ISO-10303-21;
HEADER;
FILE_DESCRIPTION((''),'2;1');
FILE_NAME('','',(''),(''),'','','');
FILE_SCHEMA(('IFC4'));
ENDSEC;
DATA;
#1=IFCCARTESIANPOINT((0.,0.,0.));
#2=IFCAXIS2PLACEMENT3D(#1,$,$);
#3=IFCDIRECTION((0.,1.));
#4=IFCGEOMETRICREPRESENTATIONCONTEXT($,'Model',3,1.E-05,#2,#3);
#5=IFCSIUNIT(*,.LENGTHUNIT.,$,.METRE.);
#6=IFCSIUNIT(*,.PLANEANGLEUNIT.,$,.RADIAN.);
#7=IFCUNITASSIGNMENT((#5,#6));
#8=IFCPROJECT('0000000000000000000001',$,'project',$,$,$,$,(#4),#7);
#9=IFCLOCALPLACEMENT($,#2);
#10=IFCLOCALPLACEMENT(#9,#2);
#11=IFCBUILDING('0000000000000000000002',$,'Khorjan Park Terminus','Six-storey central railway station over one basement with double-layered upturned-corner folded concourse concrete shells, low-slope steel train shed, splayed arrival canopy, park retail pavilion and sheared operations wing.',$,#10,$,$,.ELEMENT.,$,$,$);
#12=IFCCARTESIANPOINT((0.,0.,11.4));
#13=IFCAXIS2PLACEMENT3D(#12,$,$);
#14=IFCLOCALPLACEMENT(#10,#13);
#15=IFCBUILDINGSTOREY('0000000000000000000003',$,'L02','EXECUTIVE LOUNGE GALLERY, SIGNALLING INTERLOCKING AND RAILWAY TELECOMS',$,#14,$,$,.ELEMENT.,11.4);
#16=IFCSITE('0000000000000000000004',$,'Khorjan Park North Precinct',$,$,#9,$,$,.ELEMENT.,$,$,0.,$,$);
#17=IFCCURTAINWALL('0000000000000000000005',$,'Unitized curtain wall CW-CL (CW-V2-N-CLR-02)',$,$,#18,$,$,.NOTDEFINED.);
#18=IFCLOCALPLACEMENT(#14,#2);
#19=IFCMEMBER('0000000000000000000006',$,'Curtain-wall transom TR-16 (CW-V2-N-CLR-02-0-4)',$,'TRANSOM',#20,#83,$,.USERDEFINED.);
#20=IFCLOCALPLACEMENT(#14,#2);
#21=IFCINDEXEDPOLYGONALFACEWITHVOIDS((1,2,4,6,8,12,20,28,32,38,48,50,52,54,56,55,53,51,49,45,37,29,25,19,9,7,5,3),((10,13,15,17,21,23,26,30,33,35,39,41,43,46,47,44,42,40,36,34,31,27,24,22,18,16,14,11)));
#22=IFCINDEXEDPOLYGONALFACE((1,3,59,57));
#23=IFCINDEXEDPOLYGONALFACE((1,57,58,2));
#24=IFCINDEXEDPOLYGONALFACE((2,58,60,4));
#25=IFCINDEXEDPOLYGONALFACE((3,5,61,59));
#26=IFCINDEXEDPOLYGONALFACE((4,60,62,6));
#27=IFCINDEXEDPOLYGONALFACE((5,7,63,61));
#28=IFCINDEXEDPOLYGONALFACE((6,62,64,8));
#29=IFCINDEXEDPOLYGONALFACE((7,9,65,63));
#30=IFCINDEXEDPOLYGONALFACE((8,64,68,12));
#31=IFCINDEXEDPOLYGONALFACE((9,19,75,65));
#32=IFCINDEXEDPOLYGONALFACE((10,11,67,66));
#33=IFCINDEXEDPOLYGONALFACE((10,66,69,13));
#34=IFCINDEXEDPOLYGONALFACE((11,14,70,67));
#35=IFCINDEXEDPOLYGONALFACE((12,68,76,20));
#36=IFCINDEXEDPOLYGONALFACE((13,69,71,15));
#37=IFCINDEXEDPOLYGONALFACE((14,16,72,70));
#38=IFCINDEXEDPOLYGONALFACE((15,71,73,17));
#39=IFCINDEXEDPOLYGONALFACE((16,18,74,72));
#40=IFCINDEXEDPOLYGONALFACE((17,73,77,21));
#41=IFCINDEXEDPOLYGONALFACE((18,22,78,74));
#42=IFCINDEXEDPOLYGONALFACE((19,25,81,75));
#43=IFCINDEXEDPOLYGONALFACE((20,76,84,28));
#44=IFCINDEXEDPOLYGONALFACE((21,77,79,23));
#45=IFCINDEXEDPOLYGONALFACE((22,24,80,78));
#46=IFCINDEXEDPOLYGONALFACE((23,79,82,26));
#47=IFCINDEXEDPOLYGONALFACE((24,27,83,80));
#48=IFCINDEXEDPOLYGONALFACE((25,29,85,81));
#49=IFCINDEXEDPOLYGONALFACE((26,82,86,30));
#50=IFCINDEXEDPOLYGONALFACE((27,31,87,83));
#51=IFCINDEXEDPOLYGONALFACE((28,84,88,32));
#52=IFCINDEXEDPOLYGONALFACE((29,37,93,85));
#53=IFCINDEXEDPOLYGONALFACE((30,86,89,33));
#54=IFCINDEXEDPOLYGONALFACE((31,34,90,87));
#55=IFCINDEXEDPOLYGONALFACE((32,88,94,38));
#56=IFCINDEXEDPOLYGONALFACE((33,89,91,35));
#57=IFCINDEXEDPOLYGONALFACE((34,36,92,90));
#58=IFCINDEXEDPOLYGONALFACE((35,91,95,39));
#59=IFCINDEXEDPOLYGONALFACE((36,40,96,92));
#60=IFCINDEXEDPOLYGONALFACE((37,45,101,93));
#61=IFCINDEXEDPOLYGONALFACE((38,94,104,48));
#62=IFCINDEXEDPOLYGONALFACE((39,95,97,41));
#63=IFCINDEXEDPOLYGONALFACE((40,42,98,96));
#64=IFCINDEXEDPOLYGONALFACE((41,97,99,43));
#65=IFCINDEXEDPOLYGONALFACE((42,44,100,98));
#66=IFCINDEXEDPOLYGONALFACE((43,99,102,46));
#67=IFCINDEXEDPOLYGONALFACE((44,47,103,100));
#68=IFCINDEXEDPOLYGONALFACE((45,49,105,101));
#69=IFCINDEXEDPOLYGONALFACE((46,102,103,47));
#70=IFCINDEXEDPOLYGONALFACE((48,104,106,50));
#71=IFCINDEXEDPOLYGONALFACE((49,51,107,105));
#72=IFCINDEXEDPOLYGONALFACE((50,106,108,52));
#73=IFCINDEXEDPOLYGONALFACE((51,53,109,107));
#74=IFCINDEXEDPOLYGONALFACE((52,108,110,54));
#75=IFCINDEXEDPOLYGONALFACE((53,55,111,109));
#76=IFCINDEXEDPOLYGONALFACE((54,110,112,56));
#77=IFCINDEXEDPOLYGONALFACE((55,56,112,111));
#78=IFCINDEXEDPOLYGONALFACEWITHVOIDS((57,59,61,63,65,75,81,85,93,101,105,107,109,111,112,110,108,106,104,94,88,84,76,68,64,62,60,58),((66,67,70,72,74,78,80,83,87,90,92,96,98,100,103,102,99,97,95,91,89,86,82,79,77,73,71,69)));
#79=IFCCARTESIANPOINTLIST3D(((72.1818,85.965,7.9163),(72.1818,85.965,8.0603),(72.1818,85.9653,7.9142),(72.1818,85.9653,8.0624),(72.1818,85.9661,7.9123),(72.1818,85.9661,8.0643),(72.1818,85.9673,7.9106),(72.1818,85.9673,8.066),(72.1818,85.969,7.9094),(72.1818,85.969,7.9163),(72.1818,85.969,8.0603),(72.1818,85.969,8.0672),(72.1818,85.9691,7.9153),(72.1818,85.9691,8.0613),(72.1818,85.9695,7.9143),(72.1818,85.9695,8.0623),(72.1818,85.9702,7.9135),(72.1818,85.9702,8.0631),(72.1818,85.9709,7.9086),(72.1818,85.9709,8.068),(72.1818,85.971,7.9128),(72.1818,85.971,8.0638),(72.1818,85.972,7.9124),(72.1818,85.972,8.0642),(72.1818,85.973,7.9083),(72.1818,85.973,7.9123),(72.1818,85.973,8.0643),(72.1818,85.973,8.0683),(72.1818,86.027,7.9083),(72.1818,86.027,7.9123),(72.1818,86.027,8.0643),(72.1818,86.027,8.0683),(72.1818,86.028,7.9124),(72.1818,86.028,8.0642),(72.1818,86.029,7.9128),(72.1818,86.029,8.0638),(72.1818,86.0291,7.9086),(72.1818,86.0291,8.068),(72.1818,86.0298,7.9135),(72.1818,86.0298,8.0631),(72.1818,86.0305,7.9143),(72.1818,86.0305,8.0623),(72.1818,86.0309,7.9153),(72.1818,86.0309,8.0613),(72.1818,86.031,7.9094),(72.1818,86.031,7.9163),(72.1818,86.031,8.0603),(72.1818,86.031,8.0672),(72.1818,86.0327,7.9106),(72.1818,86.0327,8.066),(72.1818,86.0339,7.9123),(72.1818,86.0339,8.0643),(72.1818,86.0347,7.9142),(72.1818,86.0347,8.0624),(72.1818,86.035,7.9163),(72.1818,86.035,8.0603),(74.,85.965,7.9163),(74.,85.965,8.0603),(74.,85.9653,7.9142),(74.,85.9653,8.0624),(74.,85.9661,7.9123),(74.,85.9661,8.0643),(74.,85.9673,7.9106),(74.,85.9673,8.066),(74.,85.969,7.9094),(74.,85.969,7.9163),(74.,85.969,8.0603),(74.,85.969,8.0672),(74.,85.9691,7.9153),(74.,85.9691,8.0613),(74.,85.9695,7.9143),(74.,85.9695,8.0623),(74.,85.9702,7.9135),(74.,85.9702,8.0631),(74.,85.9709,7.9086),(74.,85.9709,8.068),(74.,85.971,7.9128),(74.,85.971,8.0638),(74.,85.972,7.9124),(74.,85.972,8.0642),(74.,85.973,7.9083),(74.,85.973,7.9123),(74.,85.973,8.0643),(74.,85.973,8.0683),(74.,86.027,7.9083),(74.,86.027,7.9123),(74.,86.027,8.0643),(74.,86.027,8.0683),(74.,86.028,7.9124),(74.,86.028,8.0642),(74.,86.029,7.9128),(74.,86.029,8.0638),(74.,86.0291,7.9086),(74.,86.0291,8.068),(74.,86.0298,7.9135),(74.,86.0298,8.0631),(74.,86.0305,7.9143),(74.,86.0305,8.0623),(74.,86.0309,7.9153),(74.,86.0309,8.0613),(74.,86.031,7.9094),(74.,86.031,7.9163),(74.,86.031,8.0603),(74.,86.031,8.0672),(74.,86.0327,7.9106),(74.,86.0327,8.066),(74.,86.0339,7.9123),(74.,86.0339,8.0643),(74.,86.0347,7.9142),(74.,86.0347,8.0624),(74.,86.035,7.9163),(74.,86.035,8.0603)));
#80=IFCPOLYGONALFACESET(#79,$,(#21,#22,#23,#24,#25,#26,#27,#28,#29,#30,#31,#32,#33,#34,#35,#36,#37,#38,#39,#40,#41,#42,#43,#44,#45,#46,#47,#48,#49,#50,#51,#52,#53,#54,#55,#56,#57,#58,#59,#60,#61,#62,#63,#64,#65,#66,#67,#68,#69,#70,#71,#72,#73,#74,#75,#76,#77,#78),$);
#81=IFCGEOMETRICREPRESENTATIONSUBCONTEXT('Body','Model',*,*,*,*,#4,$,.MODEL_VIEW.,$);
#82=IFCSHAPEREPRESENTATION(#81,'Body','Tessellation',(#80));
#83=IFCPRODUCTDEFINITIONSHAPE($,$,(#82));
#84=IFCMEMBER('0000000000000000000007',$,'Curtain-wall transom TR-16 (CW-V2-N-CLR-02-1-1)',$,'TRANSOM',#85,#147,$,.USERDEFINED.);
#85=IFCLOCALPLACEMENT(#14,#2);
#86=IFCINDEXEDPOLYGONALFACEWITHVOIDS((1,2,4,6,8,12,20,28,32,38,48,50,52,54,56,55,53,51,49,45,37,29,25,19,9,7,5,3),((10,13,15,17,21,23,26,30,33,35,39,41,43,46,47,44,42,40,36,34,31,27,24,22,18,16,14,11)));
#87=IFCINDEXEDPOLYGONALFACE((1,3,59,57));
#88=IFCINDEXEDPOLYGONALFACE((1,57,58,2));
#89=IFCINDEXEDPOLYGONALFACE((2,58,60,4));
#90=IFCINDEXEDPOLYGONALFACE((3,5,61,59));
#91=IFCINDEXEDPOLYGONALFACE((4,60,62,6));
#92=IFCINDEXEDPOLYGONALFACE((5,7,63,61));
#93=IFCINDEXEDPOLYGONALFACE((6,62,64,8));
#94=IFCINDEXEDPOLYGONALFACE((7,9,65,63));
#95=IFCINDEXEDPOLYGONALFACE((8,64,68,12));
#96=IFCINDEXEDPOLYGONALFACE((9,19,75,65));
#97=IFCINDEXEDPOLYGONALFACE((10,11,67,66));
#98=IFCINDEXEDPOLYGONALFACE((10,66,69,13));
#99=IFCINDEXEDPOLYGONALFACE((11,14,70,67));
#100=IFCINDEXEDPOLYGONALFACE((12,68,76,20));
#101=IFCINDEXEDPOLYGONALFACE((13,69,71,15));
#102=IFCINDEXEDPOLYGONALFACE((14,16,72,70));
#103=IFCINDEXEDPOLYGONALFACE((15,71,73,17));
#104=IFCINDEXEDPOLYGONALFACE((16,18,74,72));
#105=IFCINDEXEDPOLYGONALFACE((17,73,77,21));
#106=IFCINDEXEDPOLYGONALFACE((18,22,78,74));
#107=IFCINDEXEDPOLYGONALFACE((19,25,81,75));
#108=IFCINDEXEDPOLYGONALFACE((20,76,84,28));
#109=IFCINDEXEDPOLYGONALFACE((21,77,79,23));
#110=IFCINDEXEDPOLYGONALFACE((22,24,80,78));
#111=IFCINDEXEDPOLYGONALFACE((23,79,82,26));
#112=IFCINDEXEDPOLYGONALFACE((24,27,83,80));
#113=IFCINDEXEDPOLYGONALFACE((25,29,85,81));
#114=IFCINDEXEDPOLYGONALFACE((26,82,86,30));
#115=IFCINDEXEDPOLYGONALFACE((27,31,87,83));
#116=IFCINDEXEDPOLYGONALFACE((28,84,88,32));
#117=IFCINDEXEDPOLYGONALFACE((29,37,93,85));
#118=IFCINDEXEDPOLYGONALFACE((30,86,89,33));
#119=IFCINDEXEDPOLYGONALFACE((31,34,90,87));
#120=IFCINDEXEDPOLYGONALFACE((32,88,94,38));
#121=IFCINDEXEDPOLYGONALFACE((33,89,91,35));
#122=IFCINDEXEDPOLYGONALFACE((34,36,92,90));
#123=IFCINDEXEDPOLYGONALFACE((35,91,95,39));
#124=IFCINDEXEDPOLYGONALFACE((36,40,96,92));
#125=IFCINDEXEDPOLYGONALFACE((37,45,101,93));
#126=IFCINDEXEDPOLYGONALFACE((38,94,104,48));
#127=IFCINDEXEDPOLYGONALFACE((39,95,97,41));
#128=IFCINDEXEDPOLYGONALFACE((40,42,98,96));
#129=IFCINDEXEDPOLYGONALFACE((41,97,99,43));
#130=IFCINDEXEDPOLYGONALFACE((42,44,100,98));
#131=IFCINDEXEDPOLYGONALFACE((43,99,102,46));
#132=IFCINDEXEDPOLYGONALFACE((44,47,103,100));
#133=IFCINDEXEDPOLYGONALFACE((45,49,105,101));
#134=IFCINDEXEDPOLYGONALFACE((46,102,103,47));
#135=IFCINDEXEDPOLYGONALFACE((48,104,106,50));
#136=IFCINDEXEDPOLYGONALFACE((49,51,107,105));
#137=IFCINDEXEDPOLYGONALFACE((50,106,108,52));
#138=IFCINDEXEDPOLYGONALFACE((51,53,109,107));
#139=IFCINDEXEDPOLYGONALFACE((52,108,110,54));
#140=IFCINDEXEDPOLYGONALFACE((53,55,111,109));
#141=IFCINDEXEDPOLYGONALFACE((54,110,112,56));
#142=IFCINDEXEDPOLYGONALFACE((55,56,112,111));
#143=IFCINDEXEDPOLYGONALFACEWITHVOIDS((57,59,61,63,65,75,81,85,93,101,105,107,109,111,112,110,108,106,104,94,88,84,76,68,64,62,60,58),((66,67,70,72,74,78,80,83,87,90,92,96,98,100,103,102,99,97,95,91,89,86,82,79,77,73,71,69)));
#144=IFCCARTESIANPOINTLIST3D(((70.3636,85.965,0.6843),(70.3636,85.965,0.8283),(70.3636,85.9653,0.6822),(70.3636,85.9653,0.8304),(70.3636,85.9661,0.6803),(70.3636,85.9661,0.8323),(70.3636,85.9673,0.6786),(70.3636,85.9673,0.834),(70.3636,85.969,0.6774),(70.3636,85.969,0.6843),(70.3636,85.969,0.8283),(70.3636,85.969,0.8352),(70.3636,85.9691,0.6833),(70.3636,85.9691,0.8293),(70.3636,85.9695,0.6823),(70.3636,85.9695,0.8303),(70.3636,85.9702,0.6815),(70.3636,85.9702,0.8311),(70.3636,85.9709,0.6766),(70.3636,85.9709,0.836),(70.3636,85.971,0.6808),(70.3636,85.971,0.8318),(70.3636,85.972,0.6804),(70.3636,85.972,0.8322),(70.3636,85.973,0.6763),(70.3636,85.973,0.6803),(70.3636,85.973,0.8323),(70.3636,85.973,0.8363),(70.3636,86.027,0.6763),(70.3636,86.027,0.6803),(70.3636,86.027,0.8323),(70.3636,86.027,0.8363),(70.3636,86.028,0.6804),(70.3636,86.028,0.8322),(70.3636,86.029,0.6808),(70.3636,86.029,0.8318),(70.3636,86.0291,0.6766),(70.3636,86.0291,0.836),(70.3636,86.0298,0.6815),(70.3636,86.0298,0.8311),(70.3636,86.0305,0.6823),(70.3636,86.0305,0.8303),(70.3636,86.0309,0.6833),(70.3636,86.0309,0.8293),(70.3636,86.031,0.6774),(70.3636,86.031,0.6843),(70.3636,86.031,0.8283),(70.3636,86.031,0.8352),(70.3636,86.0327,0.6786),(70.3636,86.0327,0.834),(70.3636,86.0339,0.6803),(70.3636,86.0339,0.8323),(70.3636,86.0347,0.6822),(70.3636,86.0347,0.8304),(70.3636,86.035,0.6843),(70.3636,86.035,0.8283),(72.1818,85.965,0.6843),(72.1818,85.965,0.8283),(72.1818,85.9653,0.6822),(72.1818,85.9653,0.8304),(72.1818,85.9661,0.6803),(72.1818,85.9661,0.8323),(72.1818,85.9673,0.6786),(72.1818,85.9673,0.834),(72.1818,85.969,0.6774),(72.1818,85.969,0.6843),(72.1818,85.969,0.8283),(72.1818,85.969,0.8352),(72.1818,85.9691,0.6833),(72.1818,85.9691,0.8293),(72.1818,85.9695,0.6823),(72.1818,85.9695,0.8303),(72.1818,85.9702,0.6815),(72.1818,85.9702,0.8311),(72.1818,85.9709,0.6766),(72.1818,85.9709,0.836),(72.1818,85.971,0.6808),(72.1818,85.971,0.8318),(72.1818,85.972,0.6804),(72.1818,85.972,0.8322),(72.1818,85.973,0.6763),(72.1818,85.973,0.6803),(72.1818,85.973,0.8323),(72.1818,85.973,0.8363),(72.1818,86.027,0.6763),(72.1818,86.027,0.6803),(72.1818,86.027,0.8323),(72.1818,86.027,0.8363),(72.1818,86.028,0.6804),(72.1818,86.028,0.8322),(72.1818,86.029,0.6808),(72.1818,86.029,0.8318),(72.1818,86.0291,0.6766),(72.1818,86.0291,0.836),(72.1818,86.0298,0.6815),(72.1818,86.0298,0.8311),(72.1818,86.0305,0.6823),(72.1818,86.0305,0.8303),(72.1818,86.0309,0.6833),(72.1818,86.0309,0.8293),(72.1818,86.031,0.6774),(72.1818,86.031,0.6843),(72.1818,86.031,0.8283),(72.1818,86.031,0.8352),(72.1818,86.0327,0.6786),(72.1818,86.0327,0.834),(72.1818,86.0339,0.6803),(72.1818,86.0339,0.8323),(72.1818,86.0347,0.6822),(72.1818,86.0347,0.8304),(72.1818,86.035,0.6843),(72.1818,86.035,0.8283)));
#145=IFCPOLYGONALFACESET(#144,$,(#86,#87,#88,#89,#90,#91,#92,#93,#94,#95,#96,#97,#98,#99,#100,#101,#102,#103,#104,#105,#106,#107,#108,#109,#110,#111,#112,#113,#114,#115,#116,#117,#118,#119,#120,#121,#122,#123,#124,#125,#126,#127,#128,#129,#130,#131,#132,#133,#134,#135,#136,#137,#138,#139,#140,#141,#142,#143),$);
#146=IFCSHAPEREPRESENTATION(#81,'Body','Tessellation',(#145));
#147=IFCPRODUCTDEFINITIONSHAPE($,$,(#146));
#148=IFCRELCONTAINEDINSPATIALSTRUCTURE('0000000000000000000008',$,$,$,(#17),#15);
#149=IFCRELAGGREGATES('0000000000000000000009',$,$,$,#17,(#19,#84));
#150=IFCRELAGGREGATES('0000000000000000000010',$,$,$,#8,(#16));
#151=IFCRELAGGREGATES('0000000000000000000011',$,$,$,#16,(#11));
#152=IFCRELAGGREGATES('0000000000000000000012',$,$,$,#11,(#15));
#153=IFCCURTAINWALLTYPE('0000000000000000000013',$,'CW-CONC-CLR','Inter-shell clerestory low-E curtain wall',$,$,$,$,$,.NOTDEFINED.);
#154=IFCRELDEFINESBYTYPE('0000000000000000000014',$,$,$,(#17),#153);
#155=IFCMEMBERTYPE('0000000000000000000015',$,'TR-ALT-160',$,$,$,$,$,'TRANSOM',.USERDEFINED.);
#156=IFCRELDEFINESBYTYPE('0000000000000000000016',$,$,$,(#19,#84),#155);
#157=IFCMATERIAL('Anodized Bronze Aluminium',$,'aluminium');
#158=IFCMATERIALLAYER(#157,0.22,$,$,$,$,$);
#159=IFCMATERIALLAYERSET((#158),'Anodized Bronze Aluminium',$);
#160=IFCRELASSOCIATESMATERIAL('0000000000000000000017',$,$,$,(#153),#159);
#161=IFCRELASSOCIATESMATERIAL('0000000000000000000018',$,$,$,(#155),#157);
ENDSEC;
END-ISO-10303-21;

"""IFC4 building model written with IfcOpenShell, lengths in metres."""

from ifc_helpers import new_model, si_unit, direction, frame, origin, origin_2d, place, context, subcontext, project, spatial, hollow_rectangle, extrude, material, layer, layer_set, material_profile, profile_set, type_object, element, aggregate, save


model = new_model("IFC4")

# Units and contexts
model_context = context("Model", 3, precision=1e-05, world=origin(), true_north=direction((0.0, 1.0)))
body_context = subcontext(model_context, "Body", "Model", "MODEL_VIEW")
ifc_project = project(units=[si_unit("LENGTHUNIT", "METRE"), si_unit("PLANEANGLEUNIT", "RADIAN")], contexts=[model_context])

# Site, building, storey
site_placement = place(None, origin())
site = spatial("IfcSite", under=ifc_project, at=site_placement, Name="Khorjan Park North Precinct", CompositionType="ELEMENT", RefElevation=0.0)
building_placement = place(site_placement, origin())
building = spatial("IfcBuilding", under=site, at=building_placement, Name="Khorjan Park Terminus", Description="Six-storey central railway station over one basement with double-layered upturned-corner folded concourse concrete shells, low-slope steel train shed, splayed arrival canopy, park retail pavilion and sheared operations wing.", CompositionType="ELEMENT")
storey_placement = place(building_placement, frame((0.0, 0.0, 11.4)))
storey = spatial("IfcBuildingStorey", under=building, at=storey_placement, Name="L02", Description="EXECUTIVE LOUNGE GALLERY, SIGNALLING INTERLOCKING AND RAILWAY TELECOMS", CompositionType="ELEMENT", Elevation=11.4)

# Curtain wall
ifc_material_1 = material(Name="Anodized Bronze Aluminium", Category="aluminium")
ifc_layer_1 = layer(ifc_material_1, 0.22)
ifc_layer_set_1 = layer_set([ifc_layer_1], Name="Anodized Bronze Aluminium")
curtain_wall_type = type_object("IfcCurtainWallType", Name="CW-CONC-CLR", Description="Inter-shell clerestory low-E curtain wall", PredefinedType="NOTDEFINED", material=ifc_layer_set_1)
curtain_wall_1_placement = place(storey_placement, origin())
curtain_wall_1 = element("IfcCurtainWall", 1, at=curtain_wall_1_placement, inside=storey, type_object=curtain_wall_type, Name="Unitized curtain wall CW-CL (CW-V2-N-CLR-02)", PredefinedType="NOTDEFINED")

# Members
ifc_material_profile_1 = material_profile(ifc_material_1, hollow_rectangle(XDim=0.07, YDim=0.16, WallThickness=0.004, InnerFilletRadius=0.004, OuterFilletRadius=0.008, at=origin_2d()), Name="ALT 70x160x4")
ifc_profile_set_1 = profile_set([ifc_material_profile_1], Name="Anodized Bronze Aluminium")
member_type_1 = type_object("IfcMemberType", Name="TR-ALT-160", ElementType="TRANSOM", PredefinedType="USERDEFINED", material=ifc_profile_set_1)
member_1_placement = place(storey_placement, frame((74.0, 86.0, 7.9883), z_axis=(-1.0, 0.0, 0.0), x_axis=(0.0, -1.0, 0.0)))
member_1 = element("IfcMember", 2, at=member_1_placement, type_object=member_type_1, Name="Curtain-wall transom TR-16 (CW-V2-N-CLR-02-0-4)", ObjectType="TRANSOM", PredefinedType="USERDEFINED", context=body_context, shape_type="SweptSolid", body=[
    extrude(hollow_rectangle(XDim=0.07, YDim=0.16, WallThickness=0.004, InnerFilletRadius=0.004, OuterFilletRadius=0.008, at=origin_2d()), origin(), (0.0, 0.0, 1.0), 1.8182),
])
member_2_placement = place(storey_placement, frame((72.1818, 86.0, 0.7563), z_axis=(-1.0, 0.0, 0.0), x_axis=(0.0, -1.0, 0.0)))
member_2 = element("IfcMember", 3, at=member_2_placement, type_object=member_type_1, Name="Curtain-wall transom TR-16 (CW-V2-N-CLR-02-1-1)", ObjectType="TRANSOM", PredefinedType="USERDEFINED", context=body_context, shape_type="SweptSolid", body=[
    extrude(hollow_rectangle(XDim=0.07, YDim=0.16, WallThickness=0.004, InnerFilletRadius=0.004, OuterFilletRadius=0.008, at=origin_2d()), origin(), (0.0, 0.0, 1.0), 1.8182),
])

aggregate(curtain_wall_1, [member_1, member_2])

save(model, "model.ifc")
